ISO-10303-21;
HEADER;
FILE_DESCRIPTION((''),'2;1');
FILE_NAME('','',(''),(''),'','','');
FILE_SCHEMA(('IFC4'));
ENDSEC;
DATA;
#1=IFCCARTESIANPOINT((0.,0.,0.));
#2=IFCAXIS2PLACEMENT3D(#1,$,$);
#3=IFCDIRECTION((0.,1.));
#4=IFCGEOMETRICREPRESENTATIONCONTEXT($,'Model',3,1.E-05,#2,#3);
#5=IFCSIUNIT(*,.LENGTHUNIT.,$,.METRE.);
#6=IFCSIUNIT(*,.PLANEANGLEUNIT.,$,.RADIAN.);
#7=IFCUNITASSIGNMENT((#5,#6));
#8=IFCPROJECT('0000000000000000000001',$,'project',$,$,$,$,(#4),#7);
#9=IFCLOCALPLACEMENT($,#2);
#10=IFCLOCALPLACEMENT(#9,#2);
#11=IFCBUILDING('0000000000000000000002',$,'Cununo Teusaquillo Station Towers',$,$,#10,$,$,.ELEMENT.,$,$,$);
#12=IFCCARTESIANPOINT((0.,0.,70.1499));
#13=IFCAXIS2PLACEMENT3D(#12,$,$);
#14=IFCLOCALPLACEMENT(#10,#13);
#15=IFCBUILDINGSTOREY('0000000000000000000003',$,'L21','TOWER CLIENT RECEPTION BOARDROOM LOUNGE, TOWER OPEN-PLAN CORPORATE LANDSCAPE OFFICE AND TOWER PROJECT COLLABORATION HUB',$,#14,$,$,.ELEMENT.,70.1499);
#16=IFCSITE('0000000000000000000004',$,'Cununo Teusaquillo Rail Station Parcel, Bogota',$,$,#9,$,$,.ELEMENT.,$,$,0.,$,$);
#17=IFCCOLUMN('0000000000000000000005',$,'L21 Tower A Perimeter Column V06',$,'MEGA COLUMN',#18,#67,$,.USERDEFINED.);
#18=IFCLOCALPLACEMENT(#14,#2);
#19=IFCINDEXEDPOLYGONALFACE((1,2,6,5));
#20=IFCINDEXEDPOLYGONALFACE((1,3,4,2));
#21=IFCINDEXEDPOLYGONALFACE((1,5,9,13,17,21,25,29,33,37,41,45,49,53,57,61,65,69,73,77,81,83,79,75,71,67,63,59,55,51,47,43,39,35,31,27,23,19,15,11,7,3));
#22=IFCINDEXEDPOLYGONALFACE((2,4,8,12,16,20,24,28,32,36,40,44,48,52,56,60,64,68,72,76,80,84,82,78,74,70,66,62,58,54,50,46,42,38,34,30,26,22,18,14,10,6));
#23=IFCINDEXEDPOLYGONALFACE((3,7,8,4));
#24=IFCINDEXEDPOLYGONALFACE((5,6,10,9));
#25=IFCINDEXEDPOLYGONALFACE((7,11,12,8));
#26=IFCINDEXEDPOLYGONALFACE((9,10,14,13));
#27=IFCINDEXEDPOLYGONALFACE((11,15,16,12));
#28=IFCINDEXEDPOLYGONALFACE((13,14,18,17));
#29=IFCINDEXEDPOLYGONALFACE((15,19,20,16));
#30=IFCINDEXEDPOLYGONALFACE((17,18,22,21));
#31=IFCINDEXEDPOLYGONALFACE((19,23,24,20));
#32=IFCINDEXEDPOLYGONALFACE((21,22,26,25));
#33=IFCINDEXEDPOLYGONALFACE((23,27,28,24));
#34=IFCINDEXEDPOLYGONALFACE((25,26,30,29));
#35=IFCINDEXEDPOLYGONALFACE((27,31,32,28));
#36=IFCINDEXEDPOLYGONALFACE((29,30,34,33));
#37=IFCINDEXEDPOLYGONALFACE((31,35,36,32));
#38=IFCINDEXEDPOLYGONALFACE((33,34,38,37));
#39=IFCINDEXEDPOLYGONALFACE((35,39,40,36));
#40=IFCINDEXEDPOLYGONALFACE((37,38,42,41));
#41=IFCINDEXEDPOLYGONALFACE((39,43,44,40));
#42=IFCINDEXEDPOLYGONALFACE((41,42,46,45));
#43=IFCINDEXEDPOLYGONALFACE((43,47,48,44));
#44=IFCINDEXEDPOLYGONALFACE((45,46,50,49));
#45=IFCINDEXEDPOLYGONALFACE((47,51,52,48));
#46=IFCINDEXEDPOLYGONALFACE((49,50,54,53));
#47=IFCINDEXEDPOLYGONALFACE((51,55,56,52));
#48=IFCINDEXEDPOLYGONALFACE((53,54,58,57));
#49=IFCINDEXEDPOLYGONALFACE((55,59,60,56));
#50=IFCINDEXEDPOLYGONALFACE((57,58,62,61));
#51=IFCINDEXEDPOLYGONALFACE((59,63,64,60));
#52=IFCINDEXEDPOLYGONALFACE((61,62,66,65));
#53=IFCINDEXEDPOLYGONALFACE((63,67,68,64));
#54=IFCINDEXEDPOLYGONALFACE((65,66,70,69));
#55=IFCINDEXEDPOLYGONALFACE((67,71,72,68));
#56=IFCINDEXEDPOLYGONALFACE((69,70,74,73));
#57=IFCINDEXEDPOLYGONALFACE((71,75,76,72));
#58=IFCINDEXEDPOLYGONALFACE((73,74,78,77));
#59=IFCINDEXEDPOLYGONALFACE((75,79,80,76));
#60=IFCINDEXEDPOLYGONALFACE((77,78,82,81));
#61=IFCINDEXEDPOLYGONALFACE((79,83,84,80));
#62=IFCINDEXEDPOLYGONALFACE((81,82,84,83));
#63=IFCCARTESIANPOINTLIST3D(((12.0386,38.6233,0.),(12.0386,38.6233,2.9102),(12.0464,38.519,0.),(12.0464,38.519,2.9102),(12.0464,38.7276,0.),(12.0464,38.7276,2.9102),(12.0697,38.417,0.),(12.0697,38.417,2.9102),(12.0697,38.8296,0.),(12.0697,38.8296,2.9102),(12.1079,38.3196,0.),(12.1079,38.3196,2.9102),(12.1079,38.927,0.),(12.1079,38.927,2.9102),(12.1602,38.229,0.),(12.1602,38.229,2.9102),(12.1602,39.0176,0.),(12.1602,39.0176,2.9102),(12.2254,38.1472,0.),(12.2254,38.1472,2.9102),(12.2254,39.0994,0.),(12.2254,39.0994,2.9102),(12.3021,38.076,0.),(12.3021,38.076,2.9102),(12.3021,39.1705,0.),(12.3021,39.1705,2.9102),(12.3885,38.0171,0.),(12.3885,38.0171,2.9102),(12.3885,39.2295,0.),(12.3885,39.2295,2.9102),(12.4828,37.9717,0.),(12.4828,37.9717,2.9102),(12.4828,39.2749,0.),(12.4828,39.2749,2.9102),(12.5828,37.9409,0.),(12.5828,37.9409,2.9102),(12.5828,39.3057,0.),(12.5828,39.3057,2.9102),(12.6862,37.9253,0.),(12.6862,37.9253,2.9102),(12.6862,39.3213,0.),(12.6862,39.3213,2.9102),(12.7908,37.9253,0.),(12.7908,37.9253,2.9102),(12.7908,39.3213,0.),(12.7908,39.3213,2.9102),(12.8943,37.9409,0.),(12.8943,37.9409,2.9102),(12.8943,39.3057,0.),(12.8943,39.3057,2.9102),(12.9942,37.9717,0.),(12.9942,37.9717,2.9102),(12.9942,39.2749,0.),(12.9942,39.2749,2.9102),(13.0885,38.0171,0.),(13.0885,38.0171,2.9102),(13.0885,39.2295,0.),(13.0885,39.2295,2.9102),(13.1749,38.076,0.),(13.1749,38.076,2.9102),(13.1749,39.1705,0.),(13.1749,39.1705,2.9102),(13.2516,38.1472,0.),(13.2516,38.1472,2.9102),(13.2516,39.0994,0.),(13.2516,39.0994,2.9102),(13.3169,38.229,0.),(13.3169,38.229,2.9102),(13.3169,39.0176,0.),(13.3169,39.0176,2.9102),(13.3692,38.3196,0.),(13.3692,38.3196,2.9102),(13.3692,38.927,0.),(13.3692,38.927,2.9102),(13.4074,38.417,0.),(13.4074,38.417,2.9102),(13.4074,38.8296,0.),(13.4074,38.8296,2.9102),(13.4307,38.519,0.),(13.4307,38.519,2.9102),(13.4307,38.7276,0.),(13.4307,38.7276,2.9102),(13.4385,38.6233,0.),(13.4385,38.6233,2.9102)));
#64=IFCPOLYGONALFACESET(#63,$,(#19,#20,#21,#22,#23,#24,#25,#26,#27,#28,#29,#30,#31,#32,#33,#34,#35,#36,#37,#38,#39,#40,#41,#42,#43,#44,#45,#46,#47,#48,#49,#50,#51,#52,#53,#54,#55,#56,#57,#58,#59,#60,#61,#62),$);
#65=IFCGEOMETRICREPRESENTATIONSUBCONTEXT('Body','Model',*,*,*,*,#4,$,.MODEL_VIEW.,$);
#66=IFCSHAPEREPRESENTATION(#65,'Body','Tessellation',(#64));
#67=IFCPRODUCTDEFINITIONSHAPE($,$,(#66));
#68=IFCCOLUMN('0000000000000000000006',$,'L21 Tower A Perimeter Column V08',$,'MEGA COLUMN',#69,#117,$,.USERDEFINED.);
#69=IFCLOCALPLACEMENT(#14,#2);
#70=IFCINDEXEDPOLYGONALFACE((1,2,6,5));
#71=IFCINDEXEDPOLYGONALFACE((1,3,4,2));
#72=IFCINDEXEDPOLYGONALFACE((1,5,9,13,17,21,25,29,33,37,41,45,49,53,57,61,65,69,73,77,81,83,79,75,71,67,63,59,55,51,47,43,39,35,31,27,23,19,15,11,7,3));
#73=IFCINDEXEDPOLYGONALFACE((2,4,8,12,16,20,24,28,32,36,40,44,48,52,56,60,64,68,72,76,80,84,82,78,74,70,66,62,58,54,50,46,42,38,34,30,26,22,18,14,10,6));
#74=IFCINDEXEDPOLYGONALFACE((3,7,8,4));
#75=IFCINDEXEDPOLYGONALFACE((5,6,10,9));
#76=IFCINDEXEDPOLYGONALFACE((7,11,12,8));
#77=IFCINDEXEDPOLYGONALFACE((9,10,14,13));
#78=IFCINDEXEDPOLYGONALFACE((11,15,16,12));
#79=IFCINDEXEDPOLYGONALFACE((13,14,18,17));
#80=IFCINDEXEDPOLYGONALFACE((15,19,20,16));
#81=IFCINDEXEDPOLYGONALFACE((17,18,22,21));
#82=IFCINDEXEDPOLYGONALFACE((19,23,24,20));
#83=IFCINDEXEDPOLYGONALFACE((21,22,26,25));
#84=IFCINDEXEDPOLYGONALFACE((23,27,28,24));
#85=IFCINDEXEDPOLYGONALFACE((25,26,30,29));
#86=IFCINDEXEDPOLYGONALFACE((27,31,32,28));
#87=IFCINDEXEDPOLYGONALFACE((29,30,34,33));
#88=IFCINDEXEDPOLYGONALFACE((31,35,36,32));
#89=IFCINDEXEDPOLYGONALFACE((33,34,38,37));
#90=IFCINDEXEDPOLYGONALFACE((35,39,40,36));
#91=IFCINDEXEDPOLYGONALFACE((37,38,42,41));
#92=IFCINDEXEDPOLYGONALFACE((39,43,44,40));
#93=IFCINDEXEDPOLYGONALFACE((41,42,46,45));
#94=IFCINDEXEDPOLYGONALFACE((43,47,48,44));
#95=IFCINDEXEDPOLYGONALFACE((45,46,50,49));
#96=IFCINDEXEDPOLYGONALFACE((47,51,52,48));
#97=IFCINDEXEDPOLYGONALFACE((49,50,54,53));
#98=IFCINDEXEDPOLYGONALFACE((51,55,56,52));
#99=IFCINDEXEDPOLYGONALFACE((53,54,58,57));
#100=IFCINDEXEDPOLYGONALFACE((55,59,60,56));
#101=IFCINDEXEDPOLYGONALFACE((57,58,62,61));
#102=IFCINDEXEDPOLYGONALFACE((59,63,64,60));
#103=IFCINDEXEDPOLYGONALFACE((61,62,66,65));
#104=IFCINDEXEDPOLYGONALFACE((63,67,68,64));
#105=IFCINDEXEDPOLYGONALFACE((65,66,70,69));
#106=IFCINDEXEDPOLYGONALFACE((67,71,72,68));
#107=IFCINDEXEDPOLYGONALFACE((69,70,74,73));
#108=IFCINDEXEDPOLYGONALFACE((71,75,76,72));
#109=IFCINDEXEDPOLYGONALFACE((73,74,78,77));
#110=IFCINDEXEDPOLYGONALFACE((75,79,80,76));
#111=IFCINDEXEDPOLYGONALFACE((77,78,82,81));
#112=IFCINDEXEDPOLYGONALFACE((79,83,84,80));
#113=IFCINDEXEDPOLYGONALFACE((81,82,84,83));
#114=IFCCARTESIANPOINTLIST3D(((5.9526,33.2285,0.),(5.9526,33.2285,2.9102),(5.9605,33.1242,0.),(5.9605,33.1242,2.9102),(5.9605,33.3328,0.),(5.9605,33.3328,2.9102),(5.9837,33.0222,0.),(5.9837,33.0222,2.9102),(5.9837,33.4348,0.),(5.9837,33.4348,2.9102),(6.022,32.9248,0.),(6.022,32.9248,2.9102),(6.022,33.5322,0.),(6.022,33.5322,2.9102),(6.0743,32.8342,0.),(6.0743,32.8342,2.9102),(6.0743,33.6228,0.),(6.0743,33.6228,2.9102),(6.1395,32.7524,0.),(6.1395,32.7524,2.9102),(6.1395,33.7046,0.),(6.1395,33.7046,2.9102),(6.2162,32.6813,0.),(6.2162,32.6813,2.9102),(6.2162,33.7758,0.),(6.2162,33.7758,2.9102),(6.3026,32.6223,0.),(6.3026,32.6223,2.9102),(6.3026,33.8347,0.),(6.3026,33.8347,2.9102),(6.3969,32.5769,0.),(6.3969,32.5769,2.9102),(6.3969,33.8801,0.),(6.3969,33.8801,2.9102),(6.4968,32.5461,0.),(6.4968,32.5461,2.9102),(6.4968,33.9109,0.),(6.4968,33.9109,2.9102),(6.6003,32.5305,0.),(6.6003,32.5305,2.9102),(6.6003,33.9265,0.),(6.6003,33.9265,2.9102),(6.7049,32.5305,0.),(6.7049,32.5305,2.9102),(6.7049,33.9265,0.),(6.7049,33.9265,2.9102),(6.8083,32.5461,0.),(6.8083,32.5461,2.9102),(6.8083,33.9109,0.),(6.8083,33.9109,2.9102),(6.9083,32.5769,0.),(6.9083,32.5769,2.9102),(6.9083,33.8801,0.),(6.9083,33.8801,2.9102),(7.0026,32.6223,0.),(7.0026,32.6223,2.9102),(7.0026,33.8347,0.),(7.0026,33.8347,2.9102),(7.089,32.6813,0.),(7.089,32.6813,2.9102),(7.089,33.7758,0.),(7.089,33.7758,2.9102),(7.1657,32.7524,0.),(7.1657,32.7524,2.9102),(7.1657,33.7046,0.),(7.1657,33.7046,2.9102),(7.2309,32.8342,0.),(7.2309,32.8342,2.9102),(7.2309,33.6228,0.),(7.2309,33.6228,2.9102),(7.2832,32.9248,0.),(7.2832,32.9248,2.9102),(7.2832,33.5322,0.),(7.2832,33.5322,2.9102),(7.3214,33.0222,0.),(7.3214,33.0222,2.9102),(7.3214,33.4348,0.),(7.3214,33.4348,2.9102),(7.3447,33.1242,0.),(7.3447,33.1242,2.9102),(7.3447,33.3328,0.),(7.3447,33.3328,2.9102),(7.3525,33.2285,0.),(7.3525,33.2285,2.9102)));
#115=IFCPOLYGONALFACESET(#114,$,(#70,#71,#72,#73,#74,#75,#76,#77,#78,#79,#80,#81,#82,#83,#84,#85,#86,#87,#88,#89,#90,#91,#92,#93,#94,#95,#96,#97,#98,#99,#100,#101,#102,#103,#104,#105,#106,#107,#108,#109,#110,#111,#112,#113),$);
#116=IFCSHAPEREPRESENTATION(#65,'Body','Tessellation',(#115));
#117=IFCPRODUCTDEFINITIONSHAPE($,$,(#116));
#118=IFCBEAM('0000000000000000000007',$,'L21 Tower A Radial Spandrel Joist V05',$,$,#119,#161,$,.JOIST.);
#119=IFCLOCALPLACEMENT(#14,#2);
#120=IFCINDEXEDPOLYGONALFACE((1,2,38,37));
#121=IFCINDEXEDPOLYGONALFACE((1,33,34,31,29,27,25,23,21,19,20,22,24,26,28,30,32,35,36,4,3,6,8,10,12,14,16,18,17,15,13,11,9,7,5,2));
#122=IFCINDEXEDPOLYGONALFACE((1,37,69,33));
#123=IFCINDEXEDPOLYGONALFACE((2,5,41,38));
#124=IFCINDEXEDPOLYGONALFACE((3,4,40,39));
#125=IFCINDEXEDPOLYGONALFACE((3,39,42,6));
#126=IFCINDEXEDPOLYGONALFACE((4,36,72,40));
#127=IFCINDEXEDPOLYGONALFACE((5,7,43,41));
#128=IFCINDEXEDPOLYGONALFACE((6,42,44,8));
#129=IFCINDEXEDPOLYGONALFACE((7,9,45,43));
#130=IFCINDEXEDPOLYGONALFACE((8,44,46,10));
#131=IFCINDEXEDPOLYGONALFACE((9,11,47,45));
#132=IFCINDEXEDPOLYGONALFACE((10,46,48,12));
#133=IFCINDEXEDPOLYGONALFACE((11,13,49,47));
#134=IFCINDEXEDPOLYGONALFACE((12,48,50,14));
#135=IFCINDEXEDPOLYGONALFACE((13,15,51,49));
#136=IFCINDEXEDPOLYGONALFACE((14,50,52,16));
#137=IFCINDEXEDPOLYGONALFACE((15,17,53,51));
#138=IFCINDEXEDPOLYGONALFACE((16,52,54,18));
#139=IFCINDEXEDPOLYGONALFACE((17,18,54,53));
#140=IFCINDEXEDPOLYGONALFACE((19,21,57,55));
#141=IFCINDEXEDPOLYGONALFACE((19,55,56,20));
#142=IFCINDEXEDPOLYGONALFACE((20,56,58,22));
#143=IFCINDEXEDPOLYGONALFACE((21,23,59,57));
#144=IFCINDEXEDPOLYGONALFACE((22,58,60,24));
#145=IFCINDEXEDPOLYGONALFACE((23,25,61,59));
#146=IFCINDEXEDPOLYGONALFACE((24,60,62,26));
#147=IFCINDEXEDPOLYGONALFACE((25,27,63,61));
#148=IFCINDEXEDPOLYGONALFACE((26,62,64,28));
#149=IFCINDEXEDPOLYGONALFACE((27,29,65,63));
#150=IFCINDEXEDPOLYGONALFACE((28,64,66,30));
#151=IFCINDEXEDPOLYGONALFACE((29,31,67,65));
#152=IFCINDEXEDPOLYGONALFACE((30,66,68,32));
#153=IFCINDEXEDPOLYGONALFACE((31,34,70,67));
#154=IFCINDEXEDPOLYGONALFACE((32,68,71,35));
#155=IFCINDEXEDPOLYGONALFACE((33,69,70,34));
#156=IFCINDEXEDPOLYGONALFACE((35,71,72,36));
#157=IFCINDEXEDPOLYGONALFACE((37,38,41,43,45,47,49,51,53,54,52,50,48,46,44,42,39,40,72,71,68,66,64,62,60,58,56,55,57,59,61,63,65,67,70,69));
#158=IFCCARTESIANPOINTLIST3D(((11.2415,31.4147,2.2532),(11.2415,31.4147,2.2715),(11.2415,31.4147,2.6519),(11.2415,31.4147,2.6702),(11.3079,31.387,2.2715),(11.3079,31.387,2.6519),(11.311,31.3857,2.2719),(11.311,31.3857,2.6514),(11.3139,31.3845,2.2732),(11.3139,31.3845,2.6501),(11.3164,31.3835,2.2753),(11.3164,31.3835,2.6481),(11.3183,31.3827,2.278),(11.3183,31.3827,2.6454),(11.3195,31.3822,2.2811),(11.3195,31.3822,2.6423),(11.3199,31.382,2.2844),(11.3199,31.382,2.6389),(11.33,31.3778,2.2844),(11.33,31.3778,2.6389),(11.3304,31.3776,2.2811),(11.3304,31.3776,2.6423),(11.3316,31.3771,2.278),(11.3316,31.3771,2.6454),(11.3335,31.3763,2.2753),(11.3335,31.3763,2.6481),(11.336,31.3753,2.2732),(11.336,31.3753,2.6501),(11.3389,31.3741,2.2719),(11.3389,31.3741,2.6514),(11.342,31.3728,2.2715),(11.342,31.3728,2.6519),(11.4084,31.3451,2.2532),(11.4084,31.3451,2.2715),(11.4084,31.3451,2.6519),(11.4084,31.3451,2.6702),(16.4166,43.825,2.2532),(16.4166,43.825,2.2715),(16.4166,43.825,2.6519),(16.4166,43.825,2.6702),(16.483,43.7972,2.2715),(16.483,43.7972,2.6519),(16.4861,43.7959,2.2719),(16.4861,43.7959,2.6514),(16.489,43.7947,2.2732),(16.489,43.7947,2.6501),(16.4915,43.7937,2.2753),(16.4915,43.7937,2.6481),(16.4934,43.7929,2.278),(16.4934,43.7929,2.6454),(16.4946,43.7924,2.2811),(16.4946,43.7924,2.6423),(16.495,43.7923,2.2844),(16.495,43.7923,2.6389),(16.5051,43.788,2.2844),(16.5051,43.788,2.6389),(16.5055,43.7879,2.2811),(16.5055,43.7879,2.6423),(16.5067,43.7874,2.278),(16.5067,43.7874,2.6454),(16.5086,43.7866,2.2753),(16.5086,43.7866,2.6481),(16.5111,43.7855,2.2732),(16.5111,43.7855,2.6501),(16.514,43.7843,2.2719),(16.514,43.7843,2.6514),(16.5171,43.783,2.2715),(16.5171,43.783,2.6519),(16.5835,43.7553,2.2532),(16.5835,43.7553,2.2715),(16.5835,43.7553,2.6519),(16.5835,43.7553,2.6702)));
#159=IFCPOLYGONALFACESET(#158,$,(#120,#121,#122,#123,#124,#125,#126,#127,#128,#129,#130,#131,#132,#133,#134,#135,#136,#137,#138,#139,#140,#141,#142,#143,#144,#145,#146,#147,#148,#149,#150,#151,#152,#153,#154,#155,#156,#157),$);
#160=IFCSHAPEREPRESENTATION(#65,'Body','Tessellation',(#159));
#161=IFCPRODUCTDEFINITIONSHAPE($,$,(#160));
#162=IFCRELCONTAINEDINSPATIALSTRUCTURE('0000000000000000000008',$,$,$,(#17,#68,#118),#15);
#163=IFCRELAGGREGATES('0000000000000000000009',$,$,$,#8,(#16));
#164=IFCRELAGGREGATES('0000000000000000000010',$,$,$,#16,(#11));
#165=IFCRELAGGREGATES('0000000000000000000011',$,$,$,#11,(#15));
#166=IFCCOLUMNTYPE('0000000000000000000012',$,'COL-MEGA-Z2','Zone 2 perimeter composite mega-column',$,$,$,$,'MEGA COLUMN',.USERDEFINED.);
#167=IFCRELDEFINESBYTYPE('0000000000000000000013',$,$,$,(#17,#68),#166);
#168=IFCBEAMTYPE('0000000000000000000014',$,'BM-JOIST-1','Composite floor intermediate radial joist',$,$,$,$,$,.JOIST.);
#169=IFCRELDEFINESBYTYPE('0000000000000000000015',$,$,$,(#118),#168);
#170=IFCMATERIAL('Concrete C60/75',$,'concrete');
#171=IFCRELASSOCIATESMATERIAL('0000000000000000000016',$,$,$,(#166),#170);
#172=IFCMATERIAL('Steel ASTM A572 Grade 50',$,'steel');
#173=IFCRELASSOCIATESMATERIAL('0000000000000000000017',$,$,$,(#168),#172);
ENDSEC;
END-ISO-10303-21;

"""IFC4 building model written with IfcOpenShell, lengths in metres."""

from ifc_helpers import new_model, si_unit, direction, frame, origin, origin_2d, place, context, subcontext, project, spatial, circle, i_section, extrude, material, material_profile, profile_set, type_object, element, save


model = new_model("IFC4")

# Units and contexts
model_context = context("Model", 3, precision=1e-05, world=origin(), true_north=direction((0.0, 1.0)))
body_context = subcontext(model_context, "Body", "Model", "MODEL_VIEW")
ifc_project = project(units=[si_unit("LENGTHUNIT", "METRE"), si_unit("PLANEANGLEUNIT", "RADIAN")], contexts=[model_context])

# Site, building, storey
site_placement = place(None, origin())
site = spatial("IfcSite", under=ifc_project, at=site_placement, Name="Cununo Teusaquillo Rail Station Parcel, Bogota", CompositionType="ELEMENT", RefElevation=0.0)
building_placement = place(site_placement, origin())
building = spatial("IfcBuilding", under=site, at=building_placement, Name="Cununo Teusaquillo Station Towers", CompositionType="ELEMENT")
storey_placement = place(building_placement, frame((0.0, 0.0, 70.1499)))
storey = spatial("IfcBuildingStorey", under=building, at=storey_placement, Name="L21", Description="TOWER CLIENT RECEPTION BOARDROOM LOUNGE, TOWER OPEN-PLAN CORPORATE LANDSCAPE OFFICE AND TOWER PROJECT COLLABORATION HUB", CompositionType="ELEMENT", Elevation=70.1499)

# Columns
ifc_material_1 = material(Name="Concrete C60/75", Category="concrete")
ifc_material_profile_1 = material_profile(ifc_material_1, circle(Radius=0.7, at=origin_2d()), Name="RC-CIRC-1400")
ifc_profile_set_1 = profile_set([ifc_material_profile_1], Name="Concrete C60/75")
column_type = type_object("IfcColumnType", Name="COL-MEGA-Z2", Description="Zone 2 perimeter composite mega-column", ElementType="MEGA COLUMN", PredefinedType="USERDEFINED", material=ifc_profile_set_1)
for number, where, z_axis, x_axis, name in (
    (1, (12.7385, 38.6233, 0.0), (0.0, 0.0, 1.0), (1.0, 0.0, 0.0), "L21 Tower A Perimeter Column V06"),
    (2, (6.6526, 33.2285, 0.0), (0.0, 0.0, 1.0), (1.0, 0.0, 0.0), "L21 Tower A Perimeter Column V08"),
):
    element("IfcColumn", number, at=place(storey_placement, frame(where, z_axis=z_axis, x_axis=x_axis)), inside=storey, type_object=column_type, Name=name, ObjectType="MEGA COLUMN", PredefinedType="USERDEFINED", context=body_context, shape_type="SweptSolid", body=[
        extrude(circle(Radius=0.7, at=origin_2d()), origin(), (0.0, 0.0, 1.0), 2.9102),
    ])

# Beam
ifc_material_2 = material(Name="Steel ASTM A572 Grade 50", Category="steel")
ifc_material_profile_2 = material_profile(ifc_material_2, i_section(OverallWidth=0.1809, OverallDepth=0.417, WebThickness=0.011, FlangeThickness=0.0183, FilletRadius=0.0129, at=origin_2d()), Name="W16X57")
ifc_profile_set_2 = profile_set([ifc_material_profile_2], Name="Steel ASTM A572 Grade 50")
beam_type_1 = type_object("IfcBeamType", Name="BM-JOIST-1", Description="Composite floor intermediate radial joist", PredefinedType="JOIST", material=ifc_profile_set_2)
beam_1_placement = place(storey_placement, frame((11.325, 31.3799, 2.4617), z_axis=(0.384878, 0.922967, 0.0), x_axis=(-0.922967, 0.384878, 0.0)))
element("IfcBeam", 3, at=beam_1_placement, inside=storey, type_object=beam_type_1, Name="L21 Tower A Radial Spandrel Joist V05", PredefinedType="JOIST", context=body_context, shape_type="SweptSolid", body=[
    extrude(i_section(OverallWidth=0.1809, OverallDepth=0.417, WebThickness=0.011, FlangeThickness=0.0183, FilletRadius=0.0129, at=origin_2d()), origin(), (0.0, 0.0, 1.0), 13.446),
])

save(model, "model.ifc")
